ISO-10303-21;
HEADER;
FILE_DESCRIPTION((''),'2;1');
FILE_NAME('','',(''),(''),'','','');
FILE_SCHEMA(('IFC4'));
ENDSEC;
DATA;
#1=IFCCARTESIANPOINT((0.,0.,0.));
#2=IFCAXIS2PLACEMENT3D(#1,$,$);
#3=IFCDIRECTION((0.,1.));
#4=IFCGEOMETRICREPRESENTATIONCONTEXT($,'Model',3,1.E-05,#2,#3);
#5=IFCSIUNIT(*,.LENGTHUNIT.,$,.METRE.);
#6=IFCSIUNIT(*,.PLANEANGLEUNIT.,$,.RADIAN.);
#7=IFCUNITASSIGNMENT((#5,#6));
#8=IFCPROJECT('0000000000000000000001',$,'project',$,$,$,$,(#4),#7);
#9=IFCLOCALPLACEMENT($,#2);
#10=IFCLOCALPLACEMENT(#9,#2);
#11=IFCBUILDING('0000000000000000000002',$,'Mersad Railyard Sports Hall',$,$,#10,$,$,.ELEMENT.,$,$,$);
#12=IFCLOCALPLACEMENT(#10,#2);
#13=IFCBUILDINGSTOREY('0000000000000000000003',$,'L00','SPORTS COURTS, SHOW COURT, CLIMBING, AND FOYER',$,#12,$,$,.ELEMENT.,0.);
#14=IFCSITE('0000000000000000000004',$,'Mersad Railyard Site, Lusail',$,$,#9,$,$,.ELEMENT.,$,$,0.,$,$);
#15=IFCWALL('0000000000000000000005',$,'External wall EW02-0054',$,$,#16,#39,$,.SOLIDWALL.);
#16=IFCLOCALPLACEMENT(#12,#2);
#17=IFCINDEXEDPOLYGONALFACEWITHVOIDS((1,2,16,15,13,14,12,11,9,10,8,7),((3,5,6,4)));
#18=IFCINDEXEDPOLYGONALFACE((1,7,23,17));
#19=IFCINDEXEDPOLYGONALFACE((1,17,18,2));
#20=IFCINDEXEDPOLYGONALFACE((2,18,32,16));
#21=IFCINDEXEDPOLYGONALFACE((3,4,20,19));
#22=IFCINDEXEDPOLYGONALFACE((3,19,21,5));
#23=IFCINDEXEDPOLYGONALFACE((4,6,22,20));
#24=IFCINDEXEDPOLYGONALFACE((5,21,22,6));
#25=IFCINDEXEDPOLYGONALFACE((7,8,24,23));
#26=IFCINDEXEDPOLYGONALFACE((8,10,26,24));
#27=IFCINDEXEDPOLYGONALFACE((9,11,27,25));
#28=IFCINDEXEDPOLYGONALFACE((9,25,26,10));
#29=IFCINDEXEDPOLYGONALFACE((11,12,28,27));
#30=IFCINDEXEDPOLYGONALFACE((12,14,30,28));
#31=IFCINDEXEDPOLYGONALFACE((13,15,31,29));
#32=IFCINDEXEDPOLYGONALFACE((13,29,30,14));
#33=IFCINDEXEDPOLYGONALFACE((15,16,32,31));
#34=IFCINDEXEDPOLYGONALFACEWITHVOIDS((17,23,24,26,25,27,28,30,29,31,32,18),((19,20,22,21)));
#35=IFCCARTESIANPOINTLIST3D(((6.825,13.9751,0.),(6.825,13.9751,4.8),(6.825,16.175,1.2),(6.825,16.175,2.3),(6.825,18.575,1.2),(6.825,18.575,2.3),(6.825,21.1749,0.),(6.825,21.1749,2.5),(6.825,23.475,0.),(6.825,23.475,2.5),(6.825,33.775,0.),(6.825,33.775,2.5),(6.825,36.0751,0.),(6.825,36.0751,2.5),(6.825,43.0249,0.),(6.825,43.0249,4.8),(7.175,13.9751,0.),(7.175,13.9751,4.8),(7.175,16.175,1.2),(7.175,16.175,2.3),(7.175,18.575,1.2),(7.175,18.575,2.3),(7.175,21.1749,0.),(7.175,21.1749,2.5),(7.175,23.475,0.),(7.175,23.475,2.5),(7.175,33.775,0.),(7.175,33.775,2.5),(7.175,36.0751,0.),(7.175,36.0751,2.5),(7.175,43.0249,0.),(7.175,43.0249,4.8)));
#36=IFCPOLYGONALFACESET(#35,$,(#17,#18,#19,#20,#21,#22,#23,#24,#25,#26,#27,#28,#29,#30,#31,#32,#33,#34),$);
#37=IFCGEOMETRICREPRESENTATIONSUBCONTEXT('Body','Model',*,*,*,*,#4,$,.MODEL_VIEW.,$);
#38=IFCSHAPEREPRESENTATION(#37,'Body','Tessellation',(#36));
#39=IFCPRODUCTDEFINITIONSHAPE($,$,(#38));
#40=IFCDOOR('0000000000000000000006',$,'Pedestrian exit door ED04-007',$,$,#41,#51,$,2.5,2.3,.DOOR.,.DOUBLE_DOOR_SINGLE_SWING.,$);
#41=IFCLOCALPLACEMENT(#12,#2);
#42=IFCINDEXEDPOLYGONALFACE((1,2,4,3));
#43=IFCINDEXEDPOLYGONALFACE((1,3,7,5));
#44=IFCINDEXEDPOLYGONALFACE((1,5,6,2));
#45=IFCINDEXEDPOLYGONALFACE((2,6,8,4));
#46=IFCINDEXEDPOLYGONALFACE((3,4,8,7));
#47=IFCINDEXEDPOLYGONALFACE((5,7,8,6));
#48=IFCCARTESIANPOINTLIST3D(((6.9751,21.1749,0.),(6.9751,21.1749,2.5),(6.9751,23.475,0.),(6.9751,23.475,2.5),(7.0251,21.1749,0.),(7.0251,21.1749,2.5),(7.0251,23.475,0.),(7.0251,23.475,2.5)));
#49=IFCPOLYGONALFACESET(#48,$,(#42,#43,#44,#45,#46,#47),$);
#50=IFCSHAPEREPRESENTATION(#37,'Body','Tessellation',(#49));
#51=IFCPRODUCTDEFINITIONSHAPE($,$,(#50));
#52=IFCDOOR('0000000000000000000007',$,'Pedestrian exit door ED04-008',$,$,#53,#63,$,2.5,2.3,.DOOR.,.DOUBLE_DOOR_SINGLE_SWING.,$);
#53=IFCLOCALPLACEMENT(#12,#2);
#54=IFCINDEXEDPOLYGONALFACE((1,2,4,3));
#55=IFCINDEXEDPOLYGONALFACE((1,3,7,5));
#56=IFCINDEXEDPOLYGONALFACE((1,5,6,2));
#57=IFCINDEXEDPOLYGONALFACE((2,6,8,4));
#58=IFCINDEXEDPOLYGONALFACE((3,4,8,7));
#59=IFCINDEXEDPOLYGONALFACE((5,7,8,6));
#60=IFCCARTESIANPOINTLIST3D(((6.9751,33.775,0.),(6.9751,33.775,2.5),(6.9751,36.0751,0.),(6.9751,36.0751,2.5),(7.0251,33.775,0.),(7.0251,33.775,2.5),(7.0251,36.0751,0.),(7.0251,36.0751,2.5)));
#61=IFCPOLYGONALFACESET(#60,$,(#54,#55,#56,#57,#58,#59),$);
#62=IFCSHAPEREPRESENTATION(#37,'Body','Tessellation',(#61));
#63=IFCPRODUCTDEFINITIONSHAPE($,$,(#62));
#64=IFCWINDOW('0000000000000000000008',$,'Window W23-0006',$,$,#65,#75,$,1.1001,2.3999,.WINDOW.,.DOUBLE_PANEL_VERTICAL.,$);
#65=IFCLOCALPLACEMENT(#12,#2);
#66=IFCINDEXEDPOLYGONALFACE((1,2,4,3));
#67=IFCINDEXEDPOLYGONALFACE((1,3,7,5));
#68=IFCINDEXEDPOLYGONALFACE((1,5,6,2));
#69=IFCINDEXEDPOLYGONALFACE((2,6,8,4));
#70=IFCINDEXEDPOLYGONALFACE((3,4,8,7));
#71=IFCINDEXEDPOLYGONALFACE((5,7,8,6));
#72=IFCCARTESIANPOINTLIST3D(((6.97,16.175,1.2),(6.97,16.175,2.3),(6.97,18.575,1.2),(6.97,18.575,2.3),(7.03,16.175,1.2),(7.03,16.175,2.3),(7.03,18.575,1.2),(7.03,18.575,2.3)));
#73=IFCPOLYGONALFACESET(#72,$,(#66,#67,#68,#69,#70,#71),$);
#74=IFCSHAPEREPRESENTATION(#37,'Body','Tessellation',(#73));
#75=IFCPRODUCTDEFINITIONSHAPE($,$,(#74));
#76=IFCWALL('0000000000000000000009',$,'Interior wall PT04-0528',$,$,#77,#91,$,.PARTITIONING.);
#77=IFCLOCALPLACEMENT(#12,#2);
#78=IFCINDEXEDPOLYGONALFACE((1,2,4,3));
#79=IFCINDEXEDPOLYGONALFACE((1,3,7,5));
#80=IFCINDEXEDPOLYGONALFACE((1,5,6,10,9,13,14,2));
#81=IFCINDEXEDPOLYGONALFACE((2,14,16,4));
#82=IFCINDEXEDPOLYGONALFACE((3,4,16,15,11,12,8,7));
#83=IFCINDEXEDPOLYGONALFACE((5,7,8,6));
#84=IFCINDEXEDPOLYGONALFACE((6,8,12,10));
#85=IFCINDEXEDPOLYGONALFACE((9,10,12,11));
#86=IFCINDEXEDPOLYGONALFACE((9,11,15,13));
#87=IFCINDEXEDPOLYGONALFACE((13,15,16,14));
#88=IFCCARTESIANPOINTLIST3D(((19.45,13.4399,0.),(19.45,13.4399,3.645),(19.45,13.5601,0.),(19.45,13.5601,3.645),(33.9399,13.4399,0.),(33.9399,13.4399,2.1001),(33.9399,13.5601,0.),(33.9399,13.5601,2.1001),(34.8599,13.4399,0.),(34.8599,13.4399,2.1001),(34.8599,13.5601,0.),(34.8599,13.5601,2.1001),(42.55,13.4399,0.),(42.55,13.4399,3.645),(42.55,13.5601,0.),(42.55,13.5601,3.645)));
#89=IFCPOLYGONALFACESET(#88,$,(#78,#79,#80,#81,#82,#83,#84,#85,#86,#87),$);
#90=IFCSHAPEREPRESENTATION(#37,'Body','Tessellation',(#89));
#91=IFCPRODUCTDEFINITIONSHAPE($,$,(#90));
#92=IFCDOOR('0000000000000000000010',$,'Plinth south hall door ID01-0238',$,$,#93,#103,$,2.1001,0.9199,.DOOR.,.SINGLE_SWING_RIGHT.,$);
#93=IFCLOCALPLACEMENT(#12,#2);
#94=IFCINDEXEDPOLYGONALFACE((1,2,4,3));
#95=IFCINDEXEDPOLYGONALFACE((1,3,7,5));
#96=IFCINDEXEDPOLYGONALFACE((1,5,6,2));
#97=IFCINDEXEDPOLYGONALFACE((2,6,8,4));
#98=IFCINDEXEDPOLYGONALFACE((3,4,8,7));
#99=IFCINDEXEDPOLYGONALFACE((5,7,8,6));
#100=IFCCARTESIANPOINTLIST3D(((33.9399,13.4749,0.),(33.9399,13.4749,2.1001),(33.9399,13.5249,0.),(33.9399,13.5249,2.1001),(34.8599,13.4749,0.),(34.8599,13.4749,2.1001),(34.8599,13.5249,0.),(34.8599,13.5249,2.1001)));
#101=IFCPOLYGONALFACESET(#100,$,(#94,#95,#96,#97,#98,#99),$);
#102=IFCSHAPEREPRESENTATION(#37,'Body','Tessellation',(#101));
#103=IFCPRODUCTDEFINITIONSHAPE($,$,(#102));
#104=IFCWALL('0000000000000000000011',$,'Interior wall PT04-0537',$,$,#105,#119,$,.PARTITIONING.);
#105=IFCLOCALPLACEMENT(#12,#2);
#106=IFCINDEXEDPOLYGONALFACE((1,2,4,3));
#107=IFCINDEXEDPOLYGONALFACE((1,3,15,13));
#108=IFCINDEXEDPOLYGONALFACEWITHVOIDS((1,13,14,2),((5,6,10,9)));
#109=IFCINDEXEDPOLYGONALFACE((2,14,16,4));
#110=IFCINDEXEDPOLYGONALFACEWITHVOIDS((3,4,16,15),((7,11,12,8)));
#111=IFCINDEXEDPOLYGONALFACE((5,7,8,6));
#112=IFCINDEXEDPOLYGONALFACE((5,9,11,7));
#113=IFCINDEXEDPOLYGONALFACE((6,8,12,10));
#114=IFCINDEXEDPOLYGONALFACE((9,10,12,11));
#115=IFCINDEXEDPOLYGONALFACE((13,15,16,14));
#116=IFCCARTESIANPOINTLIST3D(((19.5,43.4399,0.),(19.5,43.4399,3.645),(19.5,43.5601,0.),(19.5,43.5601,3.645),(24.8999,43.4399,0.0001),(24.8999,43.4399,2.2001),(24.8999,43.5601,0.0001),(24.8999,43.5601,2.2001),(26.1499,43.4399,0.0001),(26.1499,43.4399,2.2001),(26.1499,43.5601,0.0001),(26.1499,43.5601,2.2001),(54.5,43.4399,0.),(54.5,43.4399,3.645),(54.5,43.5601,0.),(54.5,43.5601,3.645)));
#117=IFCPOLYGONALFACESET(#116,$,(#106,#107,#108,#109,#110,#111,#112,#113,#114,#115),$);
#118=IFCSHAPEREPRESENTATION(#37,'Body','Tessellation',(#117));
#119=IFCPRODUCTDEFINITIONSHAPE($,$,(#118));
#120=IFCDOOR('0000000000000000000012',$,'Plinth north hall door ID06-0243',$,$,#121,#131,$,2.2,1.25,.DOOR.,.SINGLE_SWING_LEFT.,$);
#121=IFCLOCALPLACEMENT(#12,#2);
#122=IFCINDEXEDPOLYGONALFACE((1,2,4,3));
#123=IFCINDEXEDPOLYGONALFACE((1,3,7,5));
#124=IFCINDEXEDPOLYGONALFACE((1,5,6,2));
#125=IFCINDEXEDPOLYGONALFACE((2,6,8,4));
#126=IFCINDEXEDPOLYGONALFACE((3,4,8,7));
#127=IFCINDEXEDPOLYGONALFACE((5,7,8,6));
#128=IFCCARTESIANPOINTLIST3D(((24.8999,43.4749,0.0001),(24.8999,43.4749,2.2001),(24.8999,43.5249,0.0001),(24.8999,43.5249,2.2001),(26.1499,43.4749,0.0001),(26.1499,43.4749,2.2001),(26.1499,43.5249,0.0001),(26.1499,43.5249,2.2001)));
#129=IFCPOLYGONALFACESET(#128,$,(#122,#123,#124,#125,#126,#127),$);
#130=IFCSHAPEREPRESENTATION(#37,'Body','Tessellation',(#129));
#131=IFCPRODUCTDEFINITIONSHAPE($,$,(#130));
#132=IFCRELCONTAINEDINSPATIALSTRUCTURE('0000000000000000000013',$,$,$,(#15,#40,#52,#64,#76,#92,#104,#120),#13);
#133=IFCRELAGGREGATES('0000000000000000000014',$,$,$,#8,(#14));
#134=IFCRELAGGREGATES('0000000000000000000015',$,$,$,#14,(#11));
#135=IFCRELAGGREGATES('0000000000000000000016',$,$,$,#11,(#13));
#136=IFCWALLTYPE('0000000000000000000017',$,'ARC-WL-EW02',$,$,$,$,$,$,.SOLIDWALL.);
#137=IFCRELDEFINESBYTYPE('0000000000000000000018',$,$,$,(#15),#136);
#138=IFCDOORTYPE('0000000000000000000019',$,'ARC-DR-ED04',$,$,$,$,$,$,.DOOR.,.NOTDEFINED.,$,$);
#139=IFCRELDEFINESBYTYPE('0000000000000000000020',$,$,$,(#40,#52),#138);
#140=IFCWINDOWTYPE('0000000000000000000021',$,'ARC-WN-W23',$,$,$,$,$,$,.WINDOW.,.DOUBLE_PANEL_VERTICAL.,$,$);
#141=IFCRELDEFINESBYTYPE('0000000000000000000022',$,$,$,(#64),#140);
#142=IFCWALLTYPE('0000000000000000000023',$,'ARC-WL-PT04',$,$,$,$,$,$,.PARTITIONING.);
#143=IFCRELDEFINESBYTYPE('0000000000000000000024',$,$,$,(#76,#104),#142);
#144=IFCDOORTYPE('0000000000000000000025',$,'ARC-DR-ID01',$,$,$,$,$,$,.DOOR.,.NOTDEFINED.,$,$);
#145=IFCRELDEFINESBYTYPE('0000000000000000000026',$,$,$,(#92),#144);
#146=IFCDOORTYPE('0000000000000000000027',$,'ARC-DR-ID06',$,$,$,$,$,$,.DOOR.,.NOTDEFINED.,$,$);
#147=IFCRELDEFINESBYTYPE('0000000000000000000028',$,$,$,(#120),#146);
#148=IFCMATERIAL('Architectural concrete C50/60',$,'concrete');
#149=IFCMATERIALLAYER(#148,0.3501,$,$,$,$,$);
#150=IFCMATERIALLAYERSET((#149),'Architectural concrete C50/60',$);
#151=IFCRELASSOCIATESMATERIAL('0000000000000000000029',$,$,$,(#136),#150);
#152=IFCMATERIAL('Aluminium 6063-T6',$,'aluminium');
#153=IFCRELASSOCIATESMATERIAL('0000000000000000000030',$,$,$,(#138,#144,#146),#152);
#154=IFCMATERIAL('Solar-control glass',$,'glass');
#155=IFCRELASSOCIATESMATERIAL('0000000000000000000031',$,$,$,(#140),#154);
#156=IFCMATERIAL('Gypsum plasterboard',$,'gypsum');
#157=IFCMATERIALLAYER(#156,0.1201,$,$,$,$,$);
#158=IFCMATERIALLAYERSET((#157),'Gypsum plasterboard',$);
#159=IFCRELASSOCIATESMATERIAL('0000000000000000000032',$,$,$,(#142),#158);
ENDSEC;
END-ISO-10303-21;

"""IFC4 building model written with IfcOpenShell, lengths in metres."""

from ifc_helpers import new_model, si_unit, direction, frame, frame_2d, origin, place, context, subcontext, project, spatial, rectangle, extrude, material, layer, layer_set, type_object, element, fill, save


model = new_model("IFC4")

# Units and contexts
model_context = context("Model", 3, precision=1e-05, world=origin(), true_north=direction((0.0, 1.0)))
body_context = subcontext(model_context, "Body", "Model", "MODEL_VIEW")
ifc_project = project(units=[si_unit("LENGTHUNIT", "METRE"), si_unit("PLANEANGLEUNIT", "RADIAN")], contexts=[model_context])

# Site, building, storey
site_placement = place(None, origin())
site = spatial("IfcSite", under=ifc_project, at=site_placement, Name="Mersad Railyard Site, Lusail", CompositionType="ELEMENT", RefElevation=0.0)
building_placement = place(site_placement, origin())
building = spatial("IfcBuilding", under=site, at=building_placement, Name="Mersad Railyard Sports Hall", CompositionType="ELEMENT")
storey_placement = place(building_placement, origin())
storey = spatial("IfcBuildingStorey", under=building, at=storey_placement, Name="L00", Description="SPORTS COURTS, SHOW COURT, CLIMBING, AND FOYER", CompositionType="ELEMENT", Elevation=0.0)

# Wall, openings, doors, window
ifc_material_1 = material(Name="Architectural concrete C50/60", Category="concrete")
ifc_layer_1 = layer(ifc_material_1, 0.3501)
ifc_layer_set_1 = layer_set([ifc_layer_1], Name="Architectural concrete C50/60")
wall_type_1 = type_object("IfcWallType", Name="ARC-WL-EW02", PredefinedType="SOLIDWALL", material=ifc_layer_set_1)
wall_1_placement = place(storey_placement, frame((7.0, 13.9751, 0.0), z_axis=(0.0, 0.0, 1.0), x_axis=(0.0, 1.0, 0.0)))
wall_1 = element("IfcWall", 1, at=wall_1_placement, inside=storey, type_object=wall_type_1, Name="External wall EW02-0054", PredefinedType="SOLIDWALL", context=body_context, shape_type="SweptSolid", body=[
    extrude(rectangle(XDim=29.0498, YDim=0.3501, at=frame_2d((14.5249, 0.0))), origin(), (0.0, 0.0, 1.0), 4.8),
])
opening_1_placement = place(wall_1_placement, frame((7.2, 0.0, 0.0)))
opening_1 = element("IfcOpeningElement", 2, at=opening_1_placement, cuts=wall_1, PredefinedType="OPENING", context=body_context, shape_type="SweptSolid", body=[
    extrude(rectangle(XDim=2.3, YDim=2.5, at=frame_2d((1.1499, 1.25))), frame((0.0, 0.1851, 0.0), z_axis=(0.0, -1.0, 0.0), x_axis=(1.0, 0.0, 0.0)), (0.0, 0.0, 1.0), 0.3701),
])
opening_2_placement = place(wall_1_placement, frame((19.8, 0.0, 0.0)))
opening_2 = element("IfcOpeningElement", 3, at=opening_2_placement, cuts=wall_1, PredefinedType="OPENING", context=body_context, shape_type="SweptSolid", body=[
    extrude(rectangle(XDim=2.3, YDim=2.5, at=frame_2d((1.1499, 1.25))), frame((0.0, 0.1851, 0.0), z_axis=(0.0, -1.0, 0.0), x_axis=(1.0, 0.0, 0.0)), (0.0, 0.0, 1.0), 0.3701),
])
opening_3_placement = place(wall_1_placement, frame((2.2, 0.0, 1.2)))
opening_3 = element("IfcOpeningElement", 4, at=opening_3_placement, cuts=wall_1, PredefinedType="OPENING", context=body_context, shape_type="SweptSolid", body=[
    extrude(rectangle(XDim=2.3999, YDim=1.1001, at=frame_2d((1.2, 0.55))), frame((0.0, 0.1851, 0.0), z_axis=(0.0, -1.0, 0.0), x_axis=(1.0, 0.0, 0.0)), (0.0, 0.0, 1.0), 0.3701),
])
ifc_material_2 = material(Name="Aluminium 6063-T6", Category="aluminium")
door_type_1 = type_object("IfcDoorType", Name="ARC-DR-ED04", OperationType="NOTDEFINED", PredefinedType="DOOR", material=ifc_material_2)
door_1_placement = place(opening_1_placement, origin())
door_1 = element("IfcDoor", 5, at=door_1_placement, inside=storey, type_object=door_type_1, Name="Pedestrian exit door ED04-007", OperationType="DOUBLE_DOOR_SINGLE_SWING", OverallHeight=2.5, OverallWidth=2.3, PredefinedType="DOOR", context=body_context, shape_type="SweptSolid", body=[
    extrude(rectangle(XDim=2.3, YDim=2.5, at=frame_2d((1.1499, 1.25))), frame((0.0, 0.0249, 0.0), z_axis=(0.0, -1.0, 0.0), x_axis=(1.0, 0.0, 0.0)), (0.0, 0.0, 1.0), 0.05),
])
fill(opening_1, door_1)
door_2_placement = place(opening_2_placement, origin())
door_2 = element("IfcDoor", 6, at=door_2_placement, inside=storey, type_object=door_type_1, Name="Pedestrian exit door ED04-008", OperationType="DOUBLE_DOOR_SINGLE_SWING", OverallHeight=2.5, OverallWidth=2.3, PredefinedType="DOOR", context=body_context, shape_type="SweptSolid", body=[
    extrude(rectangle(XDim=2.3, YDim=2.5, at=frame_2d((1.1499, 1.25))), frame((0.0, 0.0249, 0.0), z_axis=(0.0, -1.0, 0.0), x_axis=(1.0, 0.0, 0.0)), (0.0, 0.0, 1.0), 0.05),
])
fill(opening_2, door_2)
ifc_material_3 = material(Name="Solar-control glass", Category="glass")
window_type = type_object("IfcWindowType", Name="ARC-WN-W23", PartitioningType="DOUBLE_PANEL_VERTICAL", PredefinedType="WINDOW", material=ifc_material_3)
window_placement = place(opening_3_placement, origin())
window = element("IfcWindow", 7, at=window_placement, inside=storey, type_object=window_type, Name="Window W23-0006", OverallHeight=1.1001, OverallWidth=2.3999, PartitioningType="DOUBLE_PANEL_VERTICAL", PredefinedType="WINDOW", context=body_context, shape_type="SweptSolid", body=[
    extrude(rectangle(XDim=2.3999, YDim=1.1001, at=frame_2d((1.2, 0.55))), frame((0.0, 0.03, 0.0), z_axis=(0.0, -1.0, 0.0), x_axis=(1.0, 0.0, 0.0)), (0.0, 0.0, 1.0), 0.0601),
])
fill(opening_3, window)

# Walls, openings, doors
ifc_material_4 = material(Name="Gypsum plasterboard", Category="gypsum")
ifc_layer_2 = layer(ifc_material_4, 0.1201)
ifc_layer_set_2 = layer_set([ifc_layer_2], Name="Gypsum plasterboard")
wall_type_2 = type_object("IfcWallType", Name="ARC-WL-PT04", PredefinedType="PARTITIONING", material=ifc_layer_set_2)
wall_2_placement = place(storey_placement, frame((19.45, 13.5, 0.0), z_axis=(0.0, 0.0, 1.0), x_axis=(1.0, 0.0, 0.0)))
wall_2 = element("IfcWall", 8, at=wall_2_placement, inside=storey, type_object=wall_type_2, Name="Interior wall PT04-0528", PredefinedType="PARTITIONING", context=body_context, shape_type="SweptSolid", body=[
    extrude(rectangle(XDim=23.1001, YDim=0.1201, at=frame_2d((11.55, 0.0))), origin(), (0.0, 0.0, 1.0), 3.645),
])
opening_4_placement = place(wall_2_placement, frame((14.49, 0.0, 0.0)))
opening_4 = element("IfcOpeningElement", 9, at=opening_4_placement, cuts=wall_2, PredefinedType="OPENING", context=body_context, shape_type="SweptSolid", body=[
    extrude(rectangle(XDim=0.9199, YDim=2.1001, at=frame_2d((0.46, 1.05))), frame((0.0, 0.0701, 0.0), z_axis=(0.0, -1.0, 0.0), x_axis=(1.0, 0.0, 0.0)), (0.0, 0.0, 1.0), 0.1401),
])
door_type_2 = type_object("IfcDoorType", Name="ARC-DR-ID01", OperationType="NOTDEFINED", PredefinedType="DOOR", material=ifc_material_2)
door_3_placement = place(opening_4_placement, origin())
door_3 = element("IfcDoor", 10, at=door_3_placement, inside=storey, type_object=door_type_2, Name="Plinth south hall door ID01-0238", OperationType="SINGLE_SWING_RIGHT", OverallHeight=2.1001, OverallWidth=0.9199, PredefinedType="DOOR", context=body_context, shape_type="SweptSolid", body=[
    extrude(rectangle(XDim=0.9199, YDim=2.1001, at=frame_2d((0.46, 1.05))), frame((0.0, 0.0249, 0.0), z_axis=(0.0, -1.0, 0.0), x_axis=(1.0, 0.0, 0.0)), (0.0, 0.0, 1.0), 0.05),
])
fill(opening_4, door_3)
wall_3_placement = place(storey_placement, frame((19.5, 43.5, 0.0), z_axis=(0.0, 0.0, 1.0), x_axis=(1.0, 0.0, 0.0)))
wall_3 = element("IfcWall", 11, at=wall_3_placement, inside=storey, type_object=wall_type_2, Name="Interior wall PT04-0537", PredefinedType="PARTITIONING", context=body_context, shape_type="SweptSolid", body=[
    extrude(rectangle(XDim=35.0, YDim=0.1201, at=frame_2d((17.5, 0.0))), origin(), (0.0, 0.0, 1.0), 3.645),
])
opening_5_placement = place(wall_3_placement, frame((5.3999, 0.0, 0.0)))
opening_5 = element("IfcOpeningElement", 12, at=opening_5_placement, cuts=wall_3, PredefinedType="OPENING", context=body_context, shape_type="SweptSolid", body=[
    extrude(rectangle(XDim=1.25, YDim=2.2, at=frame_2d((0.625, 1.1001))), frame((0.0, 0.0701, 0.0), z_axis=(0.0, -1.0, 0.0), x_axis=(1.0, 0.0, 0.0)), (0.0, 0.0, 1.0), 0.1401),
])
door_type_3 = type_object("IfcDoorType", Name="ARC-DR-ID06", OperationType="NOTDEFINED", PredefinedType="DOOR", material=ifc_material_2)
door_4_placement = place(opening_5_placement, origin())
door_4 = element("IfcDoor", 13, at=door_4_placement, inside=storey, type_object=door_type_3, Name="Plinth north hall door ID06-0243", OperationType="SINGLE_SWING_LEFT", OverallHeight=2.2, OverallWidth=1.25, PredefinedType="DOOR", context=body_context, shape_type="SweptSolid", body=[
    extrude(rectangle(XDim=1.25, YDim=2.2, at=frame_2d((0.625, 1.1001))), frame((0.0, 0.0249, 0.0), z_axis=(0.0, -1.0, 0.0), x_axis=(1.0, 0.0, 0.0)), (0.0, 0.0, 1.0), 0.05),
])
fill(opening_5, door_4)

save(model, "model.ifc")
